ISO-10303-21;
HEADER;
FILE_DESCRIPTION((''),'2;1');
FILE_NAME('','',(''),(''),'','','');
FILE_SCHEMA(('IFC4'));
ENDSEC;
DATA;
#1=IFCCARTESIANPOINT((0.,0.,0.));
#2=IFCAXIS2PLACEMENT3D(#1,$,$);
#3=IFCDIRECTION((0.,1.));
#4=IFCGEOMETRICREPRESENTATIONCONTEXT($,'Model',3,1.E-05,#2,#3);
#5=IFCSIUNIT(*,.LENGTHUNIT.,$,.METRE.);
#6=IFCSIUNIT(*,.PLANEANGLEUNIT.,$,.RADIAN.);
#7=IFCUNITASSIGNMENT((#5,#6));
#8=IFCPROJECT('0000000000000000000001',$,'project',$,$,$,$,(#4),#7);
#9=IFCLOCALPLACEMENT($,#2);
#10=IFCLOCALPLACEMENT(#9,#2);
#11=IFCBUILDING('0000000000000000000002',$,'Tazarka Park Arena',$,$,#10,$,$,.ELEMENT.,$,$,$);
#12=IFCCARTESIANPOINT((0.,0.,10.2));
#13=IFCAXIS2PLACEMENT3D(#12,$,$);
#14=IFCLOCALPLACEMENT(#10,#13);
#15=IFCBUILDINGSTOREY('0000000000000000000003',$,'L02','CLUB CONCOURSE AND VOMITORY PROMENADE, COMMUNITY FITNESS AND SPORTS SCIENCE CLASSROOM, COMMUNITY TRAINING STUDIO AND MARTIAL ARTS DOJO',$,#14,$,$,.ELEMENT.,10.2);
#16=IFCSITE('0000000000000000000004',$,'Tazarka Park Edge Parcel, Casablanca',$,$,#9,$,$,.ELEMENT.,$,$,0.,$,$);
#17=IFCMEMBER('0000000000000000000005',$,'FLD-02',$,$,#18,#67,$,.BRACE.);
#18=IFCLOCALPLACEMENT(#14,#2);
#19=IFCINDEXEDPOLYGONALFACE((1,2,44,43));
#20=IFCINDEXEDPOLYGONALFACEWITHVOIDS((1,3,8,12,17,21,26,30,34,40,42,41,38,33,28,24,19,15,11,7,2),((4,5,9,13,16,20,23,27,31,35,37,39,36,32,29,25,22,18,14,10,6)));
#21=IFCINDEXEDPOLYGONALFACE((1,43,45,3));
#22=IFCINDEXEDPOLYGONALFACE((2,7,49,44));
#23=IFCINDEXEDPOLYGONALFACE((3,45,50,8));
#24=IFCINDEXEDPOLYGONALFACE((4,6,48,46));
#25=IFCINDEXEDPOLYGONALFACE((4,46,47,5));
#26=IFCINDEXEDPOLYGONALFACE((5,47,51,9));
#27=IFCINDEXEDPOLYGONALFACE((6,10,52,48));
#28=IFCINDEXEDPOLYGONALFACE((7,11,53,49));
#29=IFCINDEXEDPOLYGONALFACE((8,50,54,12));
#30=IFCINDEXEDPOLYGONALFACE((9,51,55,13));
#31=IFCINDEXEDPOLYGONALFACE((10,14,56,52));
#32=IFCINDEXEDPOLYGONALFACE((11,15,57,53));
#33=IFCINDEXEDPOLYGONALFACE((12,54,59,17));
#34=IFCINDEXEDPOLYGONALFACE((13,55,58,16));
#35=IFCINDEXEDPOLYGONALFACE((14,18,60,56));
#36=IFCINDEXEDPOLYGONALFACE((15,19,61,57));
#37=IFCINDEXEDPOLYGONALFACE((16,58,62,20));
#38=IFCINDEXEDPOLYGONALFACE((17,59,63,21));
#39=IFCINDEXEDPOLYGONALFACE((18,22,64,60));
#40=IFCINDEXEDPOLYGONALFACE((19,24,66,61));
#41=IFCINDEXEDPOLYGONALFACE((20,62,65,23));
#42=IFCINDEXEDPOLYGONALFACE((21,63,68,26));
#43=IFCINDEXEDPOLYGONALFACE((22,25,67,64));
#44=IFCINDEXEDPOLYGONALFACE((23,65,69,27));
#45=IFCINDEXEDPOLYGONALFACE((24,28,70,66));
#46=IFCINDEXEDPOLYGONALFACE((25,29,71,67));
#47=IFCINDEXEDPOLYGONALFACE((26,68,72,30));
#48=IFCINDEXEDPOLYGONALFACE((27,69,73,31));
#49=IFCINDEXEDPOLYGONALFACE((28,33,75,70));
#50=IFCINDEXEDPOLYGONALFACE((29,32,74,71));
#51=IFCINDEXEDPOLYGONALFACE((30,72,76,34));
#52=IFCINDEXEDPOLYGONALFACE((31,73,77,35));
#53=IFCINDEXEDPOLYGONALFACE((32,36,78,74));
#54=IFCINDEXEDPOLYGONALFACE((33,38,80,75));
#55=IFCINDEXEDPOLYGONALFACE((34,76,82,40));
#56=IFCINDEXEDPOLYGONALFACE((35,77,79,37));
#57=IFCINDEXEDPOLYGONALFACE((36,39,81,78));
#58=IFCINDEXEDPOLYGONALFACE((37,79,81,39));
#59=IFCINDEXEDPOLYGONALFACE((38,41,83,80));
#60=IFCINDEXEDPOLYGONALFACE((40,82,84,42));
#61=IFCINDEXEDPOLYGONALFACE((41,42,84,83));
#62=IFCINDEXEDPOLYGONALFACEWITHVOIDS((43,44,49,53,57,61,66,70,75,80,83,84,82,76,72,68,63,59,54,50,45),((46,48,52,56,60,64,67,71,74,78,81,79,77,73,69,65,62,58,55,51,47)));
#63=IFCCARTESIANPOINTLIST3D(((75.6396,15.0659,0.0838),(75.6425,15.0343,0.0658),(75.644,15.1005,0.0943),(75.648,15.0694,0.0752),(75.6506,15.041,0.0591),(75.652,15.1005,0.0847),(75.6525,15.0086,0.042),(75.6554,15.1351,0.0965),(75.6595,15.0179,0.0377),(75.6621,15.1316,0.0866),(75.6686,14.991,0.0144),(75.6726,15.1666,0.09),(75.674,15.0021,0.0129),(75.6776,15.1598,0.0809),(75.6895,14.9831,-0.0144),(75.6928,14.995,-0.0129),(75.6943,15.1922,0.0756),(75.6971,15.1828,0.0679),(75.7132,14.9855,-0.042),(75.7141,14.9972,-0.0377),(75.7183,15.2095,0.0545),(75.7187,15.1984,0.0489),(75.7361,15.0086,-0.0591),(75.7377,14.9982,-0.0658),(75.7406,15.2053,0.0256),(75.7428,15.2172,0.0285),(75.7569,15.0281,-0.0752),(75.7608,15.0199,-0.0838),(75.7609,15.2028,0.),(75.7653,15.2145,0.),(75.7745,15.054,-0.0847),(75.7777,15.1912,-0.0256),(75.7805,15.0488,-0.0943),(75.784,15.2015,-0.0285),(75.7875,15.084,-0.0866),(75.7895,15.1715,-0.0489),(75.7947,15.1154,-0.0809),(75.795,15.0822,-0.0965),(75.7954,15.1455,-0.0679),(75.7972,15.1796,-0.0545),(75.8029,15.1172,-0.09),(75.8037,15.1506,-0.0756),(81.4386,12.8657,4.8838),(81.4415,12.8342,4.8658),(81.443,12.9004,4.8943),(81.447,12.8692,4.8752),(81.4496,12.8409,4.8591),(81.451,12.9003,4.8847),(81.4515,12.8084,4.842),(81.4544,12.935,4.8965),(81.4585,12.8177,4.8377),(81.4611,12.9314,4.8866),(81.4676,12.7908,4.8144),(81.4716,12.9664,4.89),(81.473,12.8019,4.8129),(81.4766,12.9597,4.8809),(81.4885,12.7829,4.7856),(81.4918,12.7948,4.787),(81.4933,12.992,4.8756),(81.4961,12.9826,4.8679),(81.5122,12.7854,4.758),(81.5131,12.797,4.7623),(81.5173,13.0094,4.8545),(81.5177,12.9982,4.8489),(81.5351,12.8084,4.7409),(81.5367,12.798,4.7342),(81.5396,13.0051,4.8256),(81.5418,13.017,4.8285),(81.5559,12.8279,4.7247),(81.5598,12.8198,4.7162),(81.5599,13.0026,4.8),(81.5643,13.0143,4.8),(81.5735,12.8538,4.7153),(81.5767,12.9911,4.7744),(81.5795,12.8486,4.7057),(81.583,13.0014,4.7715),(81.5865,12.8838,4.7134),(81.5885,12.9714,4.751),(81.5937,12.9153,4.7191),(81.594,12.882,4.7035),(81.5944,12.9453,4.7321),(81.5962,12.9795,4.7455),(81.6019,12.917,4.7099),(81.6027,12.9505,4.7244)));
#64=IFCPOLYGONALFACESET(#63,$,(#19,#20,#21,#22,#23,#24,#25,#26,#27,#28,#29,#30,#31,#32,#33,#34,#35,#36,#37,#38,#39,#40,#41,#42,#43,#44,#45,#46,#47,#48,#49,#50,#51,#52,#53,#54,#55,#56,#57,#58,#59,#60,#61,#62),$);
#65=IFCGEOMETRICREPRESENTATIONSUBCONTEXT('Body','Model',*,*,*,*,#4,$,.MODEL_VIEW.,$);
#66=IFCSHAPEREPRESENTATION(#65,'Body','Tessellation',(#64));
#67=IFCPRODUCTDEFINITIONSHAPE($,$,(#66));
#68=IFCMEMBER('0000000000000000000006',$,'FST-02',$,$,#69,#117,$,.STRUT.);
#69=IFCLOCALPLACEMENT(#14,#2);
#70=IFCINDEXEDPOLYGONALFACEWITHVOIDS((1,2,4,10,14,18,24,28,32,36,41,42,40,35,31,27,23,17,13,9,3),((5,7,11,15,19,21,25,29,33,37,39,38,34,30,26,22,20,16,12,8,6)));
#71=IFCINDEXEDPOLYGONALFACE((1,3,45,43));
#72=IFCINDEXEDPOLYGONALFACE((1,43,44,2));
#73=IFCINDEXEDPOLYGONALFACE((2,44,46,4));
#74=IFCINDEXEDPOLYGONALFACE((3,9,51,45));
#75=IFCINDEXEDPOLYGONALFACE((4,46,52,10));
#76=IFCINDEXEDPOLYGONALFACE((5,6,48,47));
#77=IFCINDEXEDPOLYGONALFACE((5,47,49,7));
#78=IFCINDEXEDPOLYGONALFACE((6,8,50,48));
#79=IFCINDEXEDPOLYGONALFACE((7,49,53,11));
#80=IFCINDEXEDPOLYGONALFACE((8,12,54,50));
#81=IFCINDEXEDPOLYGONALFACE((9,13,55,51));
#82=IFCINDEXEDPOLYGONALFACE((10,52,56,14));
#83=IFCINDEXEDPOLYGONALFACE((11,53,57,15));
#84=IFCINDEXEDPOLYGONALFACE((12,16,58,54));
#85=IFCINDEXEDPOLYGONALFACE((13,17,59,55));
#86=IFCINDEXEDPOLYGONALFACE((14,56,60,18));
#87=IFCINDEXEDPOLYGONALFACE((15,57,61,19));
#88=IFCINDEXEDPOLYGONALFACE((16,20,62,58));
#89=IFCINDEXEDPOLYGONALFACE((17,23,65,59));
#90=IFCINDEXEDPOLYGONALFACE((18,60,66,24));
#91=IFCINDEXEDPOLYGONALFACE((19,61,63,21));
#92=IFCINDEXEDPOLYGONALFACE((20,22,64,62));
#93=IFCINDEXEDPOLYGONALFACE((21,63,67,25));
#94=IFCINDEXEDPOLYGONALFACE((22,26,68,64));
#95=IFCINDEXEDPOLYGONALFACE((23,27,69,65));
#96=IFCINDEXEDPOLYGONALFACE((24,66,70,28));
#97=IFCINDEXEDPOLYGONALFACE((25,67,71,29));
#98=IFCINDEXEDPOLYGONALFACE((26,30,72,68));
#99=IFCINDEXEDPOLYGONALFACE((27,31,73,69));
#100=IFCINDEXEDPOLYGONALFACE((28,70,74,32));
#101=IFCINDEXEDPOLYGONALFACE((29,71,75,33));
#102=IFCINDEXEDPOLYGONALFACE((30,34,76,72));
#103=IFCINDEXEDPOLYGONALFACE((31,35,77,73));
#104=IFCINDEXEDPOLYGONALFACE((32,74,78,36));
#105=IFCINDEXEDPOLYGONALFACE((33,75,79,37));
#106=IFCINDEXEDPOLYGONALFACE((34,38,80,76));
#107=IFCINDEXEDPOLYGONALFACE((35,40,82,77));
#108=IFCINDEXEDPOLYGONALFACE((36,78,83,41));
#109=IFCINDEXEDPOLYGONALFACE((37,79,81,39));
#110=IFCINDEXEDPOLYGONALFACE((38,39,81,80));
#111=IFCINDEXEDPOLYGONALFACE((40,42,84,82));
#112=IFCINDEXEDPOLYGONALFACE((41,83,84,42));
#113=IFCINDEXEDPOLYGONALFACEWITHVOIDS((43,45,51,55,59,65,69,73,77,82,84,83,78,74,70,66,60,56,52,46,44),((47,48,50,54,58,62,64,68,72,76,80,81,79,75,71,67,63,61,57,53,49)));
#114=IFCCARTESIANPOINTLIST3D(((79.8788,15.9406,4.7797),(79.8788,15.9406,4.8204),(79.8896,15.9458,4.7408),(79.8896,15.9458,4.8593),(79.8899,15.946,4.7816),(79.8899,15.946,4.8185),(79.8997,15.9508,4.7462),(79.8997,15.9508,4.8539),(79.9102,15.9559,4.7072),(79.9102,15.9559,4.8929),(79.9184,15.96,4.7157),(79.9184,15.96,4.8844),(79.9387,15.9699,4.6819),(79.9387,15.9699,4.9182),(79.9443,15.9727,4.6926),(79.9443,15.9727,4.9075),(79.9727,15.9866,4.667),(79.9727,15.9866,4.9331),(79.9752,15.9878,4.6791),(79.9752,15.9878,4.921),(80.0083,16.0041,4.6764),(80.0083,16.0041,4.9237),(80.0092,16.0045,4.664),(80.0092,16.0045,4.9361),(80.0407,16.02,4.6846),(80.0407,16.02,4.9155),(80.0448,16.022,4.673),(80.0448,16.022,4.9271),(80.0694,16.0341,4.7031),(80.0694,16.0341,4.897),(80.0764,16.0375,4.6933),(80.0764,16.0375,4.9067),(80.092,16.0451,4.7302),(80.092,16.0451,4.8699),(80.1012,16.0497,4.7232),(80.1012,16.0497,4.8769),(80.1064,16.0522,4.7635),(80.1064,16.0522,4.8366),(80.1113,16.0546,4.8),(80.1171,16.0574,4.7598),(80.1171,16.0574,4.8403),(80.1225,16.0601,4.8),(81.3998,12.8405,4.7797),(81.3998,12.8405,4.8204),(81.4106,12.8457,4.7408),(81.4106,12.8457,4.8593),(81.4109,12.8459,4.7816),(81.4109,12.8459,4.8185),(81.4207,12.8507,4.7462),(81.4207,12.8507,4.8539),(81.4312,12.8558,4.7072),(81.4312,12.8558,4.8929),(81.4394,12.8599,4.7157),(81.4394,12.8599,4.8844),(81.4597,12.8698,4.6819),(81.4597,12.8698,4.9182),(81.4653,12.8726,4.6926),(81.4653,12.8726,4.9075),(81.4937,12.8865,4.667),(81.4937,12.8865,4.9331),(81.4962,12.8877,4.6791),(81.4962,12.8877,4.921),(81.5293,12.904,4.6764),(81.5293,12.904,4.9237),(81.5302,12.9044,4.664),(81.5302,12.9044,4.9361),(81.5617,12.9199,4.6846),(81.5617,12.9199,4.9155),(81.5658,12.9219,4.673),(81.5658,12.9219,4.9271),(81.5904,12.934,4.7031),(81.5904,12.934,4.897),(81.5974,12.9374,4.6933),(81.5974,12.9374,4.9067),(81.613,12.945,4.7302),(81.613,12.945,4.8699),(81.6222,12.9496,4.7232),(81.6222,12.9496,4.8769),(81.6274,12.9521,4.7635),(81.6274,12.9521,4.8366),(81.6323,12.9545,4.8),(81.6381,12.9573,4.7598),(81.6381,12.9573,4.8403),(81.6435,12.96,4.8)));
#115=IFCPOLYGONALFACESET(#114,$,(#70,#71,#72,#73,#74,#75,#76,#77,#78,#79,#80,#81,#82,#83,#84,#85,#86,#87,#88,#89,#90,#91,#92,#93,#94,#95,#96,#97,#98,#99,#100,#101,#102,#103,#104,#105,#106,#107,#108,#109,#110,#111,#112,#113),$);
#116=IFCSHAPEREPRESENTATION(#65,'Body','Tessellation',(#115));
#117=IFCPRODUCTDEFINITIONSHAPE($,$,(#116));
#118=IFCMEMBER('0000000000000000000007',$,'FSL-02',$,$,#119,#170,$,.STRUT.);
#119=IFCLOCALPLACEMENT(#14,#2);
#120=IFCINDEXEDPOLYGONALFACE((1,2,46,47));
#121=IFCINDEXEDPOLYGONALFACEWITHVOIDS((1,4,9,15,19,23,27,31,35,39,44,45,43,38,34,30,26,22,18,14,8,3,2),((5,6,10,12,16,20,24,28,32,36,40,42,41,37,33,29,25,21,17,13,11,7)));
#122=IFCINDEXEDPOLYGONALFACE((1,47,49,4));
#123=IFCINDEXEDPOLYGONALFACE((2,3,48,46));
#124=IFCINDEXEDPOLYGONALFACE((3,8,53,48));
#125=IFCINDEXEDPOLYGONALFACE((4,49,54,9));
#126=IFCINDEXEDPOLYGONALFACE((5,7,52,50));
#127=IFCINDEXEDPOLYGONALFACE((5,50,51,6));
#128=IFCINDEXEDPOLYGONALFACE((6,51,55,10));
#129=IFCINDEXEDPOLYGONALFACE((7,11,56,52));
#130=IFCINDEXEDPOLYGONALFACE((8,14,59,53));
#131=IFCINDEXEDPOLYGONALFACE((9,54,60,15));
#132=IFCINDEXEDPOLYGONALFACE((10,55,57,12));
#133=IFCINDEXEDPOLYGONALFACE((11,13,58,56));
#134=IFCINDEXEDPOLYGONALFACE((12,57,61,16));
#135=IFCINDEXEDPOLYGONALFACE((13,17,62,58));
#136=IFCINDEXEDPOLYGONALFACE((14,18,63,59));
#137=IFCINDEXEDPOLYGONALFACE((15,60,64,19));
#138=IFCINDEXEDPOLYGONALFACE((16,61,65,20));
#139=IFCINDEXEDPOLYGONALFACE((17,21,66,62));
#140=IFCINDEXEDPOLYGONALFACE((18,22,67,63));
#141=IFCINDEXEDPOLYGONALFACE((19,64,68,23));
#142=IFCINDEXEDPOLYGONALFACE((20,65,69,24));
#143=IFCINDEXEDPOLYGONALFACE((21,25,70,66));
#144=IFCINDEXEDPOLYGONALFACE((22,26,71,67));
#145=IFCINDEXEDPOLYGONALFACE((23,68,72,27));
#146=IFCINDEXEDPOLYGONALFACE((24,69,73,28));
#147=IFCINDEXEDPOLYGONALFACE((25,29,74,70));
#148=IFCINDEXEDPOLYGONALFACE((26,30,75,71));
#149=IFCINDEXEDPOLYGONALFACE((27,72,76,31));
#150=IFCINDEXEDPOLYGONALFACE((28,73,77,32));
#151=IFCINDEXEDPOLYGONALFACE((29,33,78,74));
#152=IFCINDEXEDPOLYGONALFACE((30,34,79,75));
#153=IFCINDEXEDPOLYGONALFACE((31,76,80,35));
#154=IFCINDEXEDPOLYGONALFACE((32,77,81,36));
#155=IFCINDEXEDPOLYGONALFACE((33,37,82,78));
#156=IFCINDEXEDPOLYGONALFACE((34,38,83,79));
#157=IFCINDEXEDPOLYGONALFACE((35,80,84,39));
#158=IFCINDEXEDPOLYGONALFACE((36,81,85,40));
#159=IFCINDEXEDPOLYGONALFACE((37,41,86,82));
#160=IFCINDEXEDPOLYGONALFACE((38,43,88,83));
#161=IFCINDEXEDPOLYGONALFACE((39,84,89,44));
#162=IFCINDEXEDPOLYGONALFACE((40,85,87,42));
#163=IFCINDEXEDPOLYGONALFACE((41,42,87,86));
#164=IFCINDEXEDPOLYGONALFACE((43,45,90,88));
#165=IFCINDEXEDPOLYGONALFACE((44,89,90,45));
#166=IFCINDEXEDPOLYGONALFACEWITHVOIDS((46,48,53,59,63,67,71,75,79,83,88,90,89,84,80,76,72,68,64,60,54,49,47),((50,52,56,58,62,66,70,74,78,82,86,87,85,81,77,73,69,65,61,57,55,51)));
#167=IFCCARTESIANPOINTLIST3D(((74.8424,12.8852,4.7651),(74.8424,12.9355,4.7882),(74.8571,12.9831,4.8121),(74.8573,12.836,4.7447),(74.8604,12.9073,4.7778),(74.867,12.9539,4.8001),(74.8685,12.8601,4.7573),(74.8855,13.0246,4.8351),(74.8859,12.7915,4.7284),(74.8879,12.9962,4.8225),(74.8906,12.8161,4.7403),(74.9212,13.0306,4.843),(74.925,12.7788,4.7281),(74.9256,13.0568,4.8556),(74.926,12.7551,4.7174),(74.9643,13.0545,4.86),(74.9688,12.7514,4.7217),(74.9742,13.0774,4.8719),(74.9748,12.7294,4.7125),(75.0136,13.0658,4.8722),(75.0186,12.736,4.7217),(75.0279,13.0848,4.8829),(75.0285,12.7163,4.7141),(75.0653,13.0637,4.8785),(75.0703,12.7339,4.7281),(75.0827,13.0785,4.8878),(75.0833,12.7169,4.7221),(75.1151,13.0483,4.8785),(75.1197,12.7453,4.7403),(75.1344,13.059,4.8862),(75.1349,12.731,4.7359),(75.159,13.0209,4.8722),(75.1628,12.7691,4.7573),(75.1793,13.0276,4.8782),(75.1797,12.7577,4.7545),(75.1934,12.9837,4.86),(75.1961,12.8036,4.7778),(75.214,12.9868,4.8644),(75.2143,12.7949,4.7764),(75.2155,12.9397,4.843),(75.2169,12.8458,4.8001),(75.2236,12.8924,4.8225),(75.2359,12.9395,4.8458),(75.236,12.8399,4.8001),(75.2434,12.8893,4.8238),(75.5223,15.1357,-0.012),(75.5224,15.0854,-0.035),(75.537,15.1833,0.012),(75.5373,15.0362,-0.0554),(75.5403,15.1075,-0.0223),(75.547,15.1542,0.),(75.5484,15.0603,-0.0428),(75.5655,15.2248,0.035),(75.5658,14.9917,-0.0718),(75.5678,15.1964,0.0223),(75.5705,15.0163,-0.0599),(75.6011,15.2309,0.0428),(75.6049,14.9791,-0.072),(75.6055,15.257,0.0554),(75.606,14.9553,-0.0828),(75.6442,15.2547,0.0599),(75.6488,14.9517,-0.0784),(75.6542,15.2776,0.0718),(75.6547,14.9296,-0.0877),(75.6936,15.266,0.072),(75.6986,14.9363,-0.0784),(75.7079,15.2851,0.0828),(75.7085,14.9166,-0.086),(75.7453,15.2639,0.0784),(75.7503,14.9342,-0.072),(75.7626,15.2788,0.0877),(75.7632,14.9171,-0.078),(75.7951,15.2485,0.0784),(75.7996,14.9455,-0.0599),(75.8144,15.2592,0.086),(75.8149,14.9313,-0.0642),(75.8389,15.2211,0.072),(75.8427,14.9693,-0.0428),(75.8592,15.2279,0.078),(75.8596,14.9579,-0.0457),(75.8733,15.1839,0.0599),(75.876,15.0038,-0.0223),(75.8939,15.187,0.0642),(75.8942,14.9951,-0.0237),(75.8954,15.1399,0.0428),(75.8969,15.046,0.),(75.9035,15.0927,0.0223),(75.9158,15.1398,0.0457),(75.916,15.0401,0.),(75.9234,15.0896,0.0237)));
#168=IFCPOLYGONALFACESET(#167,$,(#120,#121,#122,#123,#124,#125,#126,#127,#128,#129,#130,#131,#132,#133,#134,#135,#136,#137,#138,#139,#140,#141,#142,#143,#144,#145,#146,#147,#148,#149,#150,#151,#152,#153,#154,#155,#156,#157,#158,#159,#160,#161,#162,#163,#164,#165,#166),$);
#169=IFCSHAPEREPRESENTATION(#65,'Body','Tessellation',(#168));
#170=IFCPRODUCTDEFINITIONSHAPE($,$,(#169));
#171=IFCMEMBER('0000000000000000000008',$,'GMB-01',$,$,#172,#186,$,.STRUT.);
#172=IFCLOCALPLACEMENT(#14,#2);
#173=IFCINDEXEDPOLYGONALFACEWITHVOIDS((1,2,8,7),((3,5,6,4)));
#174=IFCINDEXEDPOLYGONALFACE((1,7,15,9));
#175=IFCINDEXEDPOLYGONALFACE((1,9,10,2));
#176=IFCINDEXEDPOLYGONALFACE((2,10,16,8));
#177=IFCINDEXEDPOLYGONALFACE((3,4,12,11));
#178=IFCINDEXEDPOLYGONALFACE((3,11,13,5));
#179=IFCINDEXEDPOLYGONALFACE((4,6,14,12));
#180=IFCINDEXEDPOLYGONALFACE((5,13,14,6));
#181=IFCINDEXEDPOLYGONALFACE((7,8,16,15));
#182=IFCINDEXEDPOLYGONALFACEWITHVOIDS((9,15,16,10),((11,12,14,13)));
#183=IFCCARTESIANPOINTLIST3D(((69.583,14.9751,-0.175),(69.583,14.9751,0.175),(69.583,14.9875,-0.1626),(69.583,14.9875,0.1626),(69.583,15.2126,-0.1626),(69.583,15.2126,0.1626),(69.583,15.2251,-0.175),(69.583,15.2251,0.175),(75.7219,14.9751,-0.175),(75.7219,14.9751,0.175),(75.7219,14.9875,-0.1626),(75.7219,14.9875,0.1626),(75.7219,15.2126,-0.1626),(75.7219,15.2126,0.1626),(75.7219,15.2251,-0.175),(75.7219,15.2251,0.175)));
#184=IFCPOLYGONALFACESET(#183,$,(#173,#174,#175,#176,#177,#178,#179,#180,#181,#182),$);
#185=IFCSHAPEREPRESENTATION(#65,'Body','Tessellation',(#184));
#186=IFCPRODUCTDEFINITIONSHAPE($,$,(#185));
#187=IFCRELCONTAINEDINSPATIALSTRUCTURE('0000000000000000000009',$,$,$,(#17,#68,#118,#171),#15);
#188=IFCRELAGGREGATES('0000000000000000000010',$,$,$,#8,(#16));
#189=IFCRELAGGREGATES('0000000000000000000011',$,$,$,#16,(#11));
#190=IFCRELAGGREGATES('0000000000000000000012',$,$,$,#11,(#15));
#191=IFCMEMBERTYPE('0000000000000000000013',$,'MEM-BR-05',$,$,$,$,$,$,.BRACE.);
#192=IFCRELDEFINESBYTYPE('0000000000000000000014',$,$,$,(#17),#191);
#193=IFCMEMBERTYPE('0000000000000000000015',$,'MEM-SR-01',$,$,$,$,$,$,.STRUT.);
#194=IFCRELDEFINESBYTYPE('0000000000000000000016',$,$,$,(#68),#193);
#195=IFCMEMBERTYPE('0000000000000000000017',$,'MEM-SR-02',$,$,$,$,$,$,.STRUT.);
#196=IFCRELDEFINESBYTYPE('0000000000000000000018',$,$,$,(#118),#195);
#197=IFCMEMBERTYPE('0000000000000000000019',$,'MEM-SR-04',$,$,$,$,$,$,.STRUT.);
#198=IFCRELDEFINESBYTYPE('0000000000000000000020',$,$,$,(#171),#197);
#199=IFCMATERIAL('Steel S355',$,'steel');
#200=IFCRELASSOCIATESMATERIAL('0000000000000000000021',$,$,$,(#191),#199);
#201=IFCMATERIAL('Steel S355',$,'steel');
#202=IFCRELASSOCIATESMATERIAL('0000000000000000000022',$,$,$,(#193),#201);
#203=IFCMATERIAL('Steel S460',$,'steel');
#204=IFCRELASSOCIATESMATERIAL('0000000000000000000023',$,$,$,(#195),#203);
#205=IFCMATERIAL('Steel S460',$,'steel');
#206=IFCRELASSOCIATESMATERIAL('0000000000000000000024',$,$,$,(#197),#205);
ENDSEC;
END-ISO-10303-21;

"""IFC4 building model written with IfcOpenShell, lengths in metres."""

from ifc_helpers import new_model, si_unit, direction, frame, origin, origin_2d, place, context, subcontext, project, spatial, hollow_rectangle, hollow_circle, extrude, material, material_profile, profile_set, type_object, element, save


model = new_model("IFC4")

# Units and contexts
model_context = context("Model", 3, precision=1e-05, world=origin(), true_north=direction((0.0, 1.0)))
body_context = subcontext(model_context, "Body", "Model", "MODEL_VIEW")
ifc_project = project(units=[si_unit("LENGTHUNIT", "METRE"), si_unit("PLANEANGLEUNIT", "RADIAN")], contexts=[model_context])

# Site, building, storey
site_placement = place(None, origin())
site = spatial("IfcSite", under=ifc_project, at=site_placement, Name="Tazarka Park Edge Parcel, Casablanca", CompositionType="ELEMENT", RefElevation=0.0)
building_placement = place(site_placement, origin())
building = spatial("IfcBuilding", under=site, at=building_placement, Name="Tazarka Park Arena", CompositionType="ELEMENT")
storey_placement = place(building_placement, frame((0.0, 0.0, 10.2)))
storey = spatial("IfcBuildingStorey", under=building, at=storey_placement, Name="L02", Description="CLUB CONCOURSE AND VOMITORY PROMENADE, COMMUNITY FITNESS AND SPORTS SCIENCE CLASSROOM, COMMUNITY TRAINING STUDIO AND MARTIAL ARTS DOJO", CompositionType="ELEMENT", Elevation=10.2)

# Members
ifc_material_1 = material(Name="Steel S355", Category="steel")
ifc_material_profile_1 = material_profile(ifc_material_1, hollow_circle(Radius=0.1223, WallThickness=0.0125, at=origin_2d()), Name="Steel S355")
ifc_profile_set_1 = profile_set([ifc_material_profile_1], Name="Steel S355")
member_type_1 = type_object("IfcMemberType", Name="MEM-BR-05", PredefinedType="BRACE", material=ifc_profile_set_1)
member_1_placement = place(storey_placement, frame((75.7219, 15.1001, 0.0), z_axis=(0.739407, -0.280535, 0.612027), x_axis=(0.354731, 0.934968, 0.0)))
element("IfcMember", 1, at=member_1_placement, inside=storey, type_object=member_type_1, Name="FLD-02", PredefinedType="BRACE", context=body_context, shape_type="SweptSolid", body=[
    extrude(hollow_circle(Radius=0.1223, WallThickness=0.0125, at=origin_2d()), origin(), (0.0, 0.0, 1.0), 7.8428),
])
ifc_material_2 = material(Name="Steel S355", Category="steel")
ifc_material_profile_2 = material_profile(ifc_material_2, hollow_circle(Radius=0.1365, WallThickness=0.0125, at=origin_2d()), Name="Steel S355")
ifc_profile_set_2 = profile_set([ifc_material_profile_2], Name="Steel S355")
member_type_2 = type_object("IfcMemberType", Name="MEM-SR-01", PredefinedType="STRUT", material=ifc_profile_set_2)
member_2_placement = place(storey_placement, frame((80.0, 16.0, 4.8), z_axis=(0.44047, -0.897767, 0.0), x_axis=(0.897767, 0.44047, 0.0)))
element("IfcMember", 2, at=member_2_placement, inside=storey, type_object=member_type_2, Name="FST-02", PredefinedType="STRUT", context=body_context, shape_type="SweptSolid", body=[
    extrude(hollow_circle(Radius=0.1365, WallThickness=0.0125, at=origin_2d()), origin(), (0.0, 0.0, 1.0), 3.4531),
])
ifc_material_3 = material(Name="Steel S460", Category="steel")
ifc_material_profile_3 = material_profile(ifc_material_3, hollow_circle(Radius=0.2031, WallThickness=0.02, at=origin_2d()), Name="Steel S460")
ifc_profile_set_3 = profile_set([ifc_material_profile_3], Name="Steel S460")
member_type_3 = type_object("IfcMemberType", Name="MEM-SR-02", PredefinedType="STRUT", material=ifc_profile_set_3)
member_3_placement = place(storey_placement, frame((75.7219, 15.1001, 0.0), z_axis=(-0.127714, -0.41327, 0.901608), x_axis=(0.955418, -0.295255, 0.0)))
element("IfcMember", 3, at=member_3_placement, inside=storey, type_object=member_type_3, Name="FSL-02", PredefinedType="STRUT", context=body_context, shape_type="SweptSolid", body=[
    extrude(hollow_circle(Radius=0.2031, WallThickness=0.02, at=origin_2d()), origin(), (0.0, 0.0, 1.0), 5.324),
])
ifc_material_4 = material(Name="Steel S460", Category="steel")
ifc_material_profile_4 = material_profile(ifc_material_4, hollow_rectangle(XDim=0.25, YDim=0.3501, WallThickness=0.0125, at=origin_2d()), Name="Steel S460")
ifc_profile_set_4 = profile_set([ifc_material_profile_4], Name="Steel S460")
member_type_4 = type_object("IfcMemberType", Name="MEM-SR-04", PredefinedType="STRUT", material=ifc_profile_set_4)
member_4_placement = place(storey_placement, frame((69.583, 15.1001, 0.0), z_axis=(1.0, 0.0, 0.0), x_axis=(0.0, 1.0, 0.0)))
element("IfcMember", 4, at=member_4_placement, inside=storey, type_object=member_type_4, Name="GMB-01", PredefinedType="STRUT", context=body_context, shape_type="SweptSolid", body=[
    extrude(hollow_rectangle(XDim=0.25, YDim=0.3501, WallThickness=0.0125, at=origin_2d()), origin(), (0.0, 0.0, 1.0), 6.1389),
])

save(model, "model.ifc")
